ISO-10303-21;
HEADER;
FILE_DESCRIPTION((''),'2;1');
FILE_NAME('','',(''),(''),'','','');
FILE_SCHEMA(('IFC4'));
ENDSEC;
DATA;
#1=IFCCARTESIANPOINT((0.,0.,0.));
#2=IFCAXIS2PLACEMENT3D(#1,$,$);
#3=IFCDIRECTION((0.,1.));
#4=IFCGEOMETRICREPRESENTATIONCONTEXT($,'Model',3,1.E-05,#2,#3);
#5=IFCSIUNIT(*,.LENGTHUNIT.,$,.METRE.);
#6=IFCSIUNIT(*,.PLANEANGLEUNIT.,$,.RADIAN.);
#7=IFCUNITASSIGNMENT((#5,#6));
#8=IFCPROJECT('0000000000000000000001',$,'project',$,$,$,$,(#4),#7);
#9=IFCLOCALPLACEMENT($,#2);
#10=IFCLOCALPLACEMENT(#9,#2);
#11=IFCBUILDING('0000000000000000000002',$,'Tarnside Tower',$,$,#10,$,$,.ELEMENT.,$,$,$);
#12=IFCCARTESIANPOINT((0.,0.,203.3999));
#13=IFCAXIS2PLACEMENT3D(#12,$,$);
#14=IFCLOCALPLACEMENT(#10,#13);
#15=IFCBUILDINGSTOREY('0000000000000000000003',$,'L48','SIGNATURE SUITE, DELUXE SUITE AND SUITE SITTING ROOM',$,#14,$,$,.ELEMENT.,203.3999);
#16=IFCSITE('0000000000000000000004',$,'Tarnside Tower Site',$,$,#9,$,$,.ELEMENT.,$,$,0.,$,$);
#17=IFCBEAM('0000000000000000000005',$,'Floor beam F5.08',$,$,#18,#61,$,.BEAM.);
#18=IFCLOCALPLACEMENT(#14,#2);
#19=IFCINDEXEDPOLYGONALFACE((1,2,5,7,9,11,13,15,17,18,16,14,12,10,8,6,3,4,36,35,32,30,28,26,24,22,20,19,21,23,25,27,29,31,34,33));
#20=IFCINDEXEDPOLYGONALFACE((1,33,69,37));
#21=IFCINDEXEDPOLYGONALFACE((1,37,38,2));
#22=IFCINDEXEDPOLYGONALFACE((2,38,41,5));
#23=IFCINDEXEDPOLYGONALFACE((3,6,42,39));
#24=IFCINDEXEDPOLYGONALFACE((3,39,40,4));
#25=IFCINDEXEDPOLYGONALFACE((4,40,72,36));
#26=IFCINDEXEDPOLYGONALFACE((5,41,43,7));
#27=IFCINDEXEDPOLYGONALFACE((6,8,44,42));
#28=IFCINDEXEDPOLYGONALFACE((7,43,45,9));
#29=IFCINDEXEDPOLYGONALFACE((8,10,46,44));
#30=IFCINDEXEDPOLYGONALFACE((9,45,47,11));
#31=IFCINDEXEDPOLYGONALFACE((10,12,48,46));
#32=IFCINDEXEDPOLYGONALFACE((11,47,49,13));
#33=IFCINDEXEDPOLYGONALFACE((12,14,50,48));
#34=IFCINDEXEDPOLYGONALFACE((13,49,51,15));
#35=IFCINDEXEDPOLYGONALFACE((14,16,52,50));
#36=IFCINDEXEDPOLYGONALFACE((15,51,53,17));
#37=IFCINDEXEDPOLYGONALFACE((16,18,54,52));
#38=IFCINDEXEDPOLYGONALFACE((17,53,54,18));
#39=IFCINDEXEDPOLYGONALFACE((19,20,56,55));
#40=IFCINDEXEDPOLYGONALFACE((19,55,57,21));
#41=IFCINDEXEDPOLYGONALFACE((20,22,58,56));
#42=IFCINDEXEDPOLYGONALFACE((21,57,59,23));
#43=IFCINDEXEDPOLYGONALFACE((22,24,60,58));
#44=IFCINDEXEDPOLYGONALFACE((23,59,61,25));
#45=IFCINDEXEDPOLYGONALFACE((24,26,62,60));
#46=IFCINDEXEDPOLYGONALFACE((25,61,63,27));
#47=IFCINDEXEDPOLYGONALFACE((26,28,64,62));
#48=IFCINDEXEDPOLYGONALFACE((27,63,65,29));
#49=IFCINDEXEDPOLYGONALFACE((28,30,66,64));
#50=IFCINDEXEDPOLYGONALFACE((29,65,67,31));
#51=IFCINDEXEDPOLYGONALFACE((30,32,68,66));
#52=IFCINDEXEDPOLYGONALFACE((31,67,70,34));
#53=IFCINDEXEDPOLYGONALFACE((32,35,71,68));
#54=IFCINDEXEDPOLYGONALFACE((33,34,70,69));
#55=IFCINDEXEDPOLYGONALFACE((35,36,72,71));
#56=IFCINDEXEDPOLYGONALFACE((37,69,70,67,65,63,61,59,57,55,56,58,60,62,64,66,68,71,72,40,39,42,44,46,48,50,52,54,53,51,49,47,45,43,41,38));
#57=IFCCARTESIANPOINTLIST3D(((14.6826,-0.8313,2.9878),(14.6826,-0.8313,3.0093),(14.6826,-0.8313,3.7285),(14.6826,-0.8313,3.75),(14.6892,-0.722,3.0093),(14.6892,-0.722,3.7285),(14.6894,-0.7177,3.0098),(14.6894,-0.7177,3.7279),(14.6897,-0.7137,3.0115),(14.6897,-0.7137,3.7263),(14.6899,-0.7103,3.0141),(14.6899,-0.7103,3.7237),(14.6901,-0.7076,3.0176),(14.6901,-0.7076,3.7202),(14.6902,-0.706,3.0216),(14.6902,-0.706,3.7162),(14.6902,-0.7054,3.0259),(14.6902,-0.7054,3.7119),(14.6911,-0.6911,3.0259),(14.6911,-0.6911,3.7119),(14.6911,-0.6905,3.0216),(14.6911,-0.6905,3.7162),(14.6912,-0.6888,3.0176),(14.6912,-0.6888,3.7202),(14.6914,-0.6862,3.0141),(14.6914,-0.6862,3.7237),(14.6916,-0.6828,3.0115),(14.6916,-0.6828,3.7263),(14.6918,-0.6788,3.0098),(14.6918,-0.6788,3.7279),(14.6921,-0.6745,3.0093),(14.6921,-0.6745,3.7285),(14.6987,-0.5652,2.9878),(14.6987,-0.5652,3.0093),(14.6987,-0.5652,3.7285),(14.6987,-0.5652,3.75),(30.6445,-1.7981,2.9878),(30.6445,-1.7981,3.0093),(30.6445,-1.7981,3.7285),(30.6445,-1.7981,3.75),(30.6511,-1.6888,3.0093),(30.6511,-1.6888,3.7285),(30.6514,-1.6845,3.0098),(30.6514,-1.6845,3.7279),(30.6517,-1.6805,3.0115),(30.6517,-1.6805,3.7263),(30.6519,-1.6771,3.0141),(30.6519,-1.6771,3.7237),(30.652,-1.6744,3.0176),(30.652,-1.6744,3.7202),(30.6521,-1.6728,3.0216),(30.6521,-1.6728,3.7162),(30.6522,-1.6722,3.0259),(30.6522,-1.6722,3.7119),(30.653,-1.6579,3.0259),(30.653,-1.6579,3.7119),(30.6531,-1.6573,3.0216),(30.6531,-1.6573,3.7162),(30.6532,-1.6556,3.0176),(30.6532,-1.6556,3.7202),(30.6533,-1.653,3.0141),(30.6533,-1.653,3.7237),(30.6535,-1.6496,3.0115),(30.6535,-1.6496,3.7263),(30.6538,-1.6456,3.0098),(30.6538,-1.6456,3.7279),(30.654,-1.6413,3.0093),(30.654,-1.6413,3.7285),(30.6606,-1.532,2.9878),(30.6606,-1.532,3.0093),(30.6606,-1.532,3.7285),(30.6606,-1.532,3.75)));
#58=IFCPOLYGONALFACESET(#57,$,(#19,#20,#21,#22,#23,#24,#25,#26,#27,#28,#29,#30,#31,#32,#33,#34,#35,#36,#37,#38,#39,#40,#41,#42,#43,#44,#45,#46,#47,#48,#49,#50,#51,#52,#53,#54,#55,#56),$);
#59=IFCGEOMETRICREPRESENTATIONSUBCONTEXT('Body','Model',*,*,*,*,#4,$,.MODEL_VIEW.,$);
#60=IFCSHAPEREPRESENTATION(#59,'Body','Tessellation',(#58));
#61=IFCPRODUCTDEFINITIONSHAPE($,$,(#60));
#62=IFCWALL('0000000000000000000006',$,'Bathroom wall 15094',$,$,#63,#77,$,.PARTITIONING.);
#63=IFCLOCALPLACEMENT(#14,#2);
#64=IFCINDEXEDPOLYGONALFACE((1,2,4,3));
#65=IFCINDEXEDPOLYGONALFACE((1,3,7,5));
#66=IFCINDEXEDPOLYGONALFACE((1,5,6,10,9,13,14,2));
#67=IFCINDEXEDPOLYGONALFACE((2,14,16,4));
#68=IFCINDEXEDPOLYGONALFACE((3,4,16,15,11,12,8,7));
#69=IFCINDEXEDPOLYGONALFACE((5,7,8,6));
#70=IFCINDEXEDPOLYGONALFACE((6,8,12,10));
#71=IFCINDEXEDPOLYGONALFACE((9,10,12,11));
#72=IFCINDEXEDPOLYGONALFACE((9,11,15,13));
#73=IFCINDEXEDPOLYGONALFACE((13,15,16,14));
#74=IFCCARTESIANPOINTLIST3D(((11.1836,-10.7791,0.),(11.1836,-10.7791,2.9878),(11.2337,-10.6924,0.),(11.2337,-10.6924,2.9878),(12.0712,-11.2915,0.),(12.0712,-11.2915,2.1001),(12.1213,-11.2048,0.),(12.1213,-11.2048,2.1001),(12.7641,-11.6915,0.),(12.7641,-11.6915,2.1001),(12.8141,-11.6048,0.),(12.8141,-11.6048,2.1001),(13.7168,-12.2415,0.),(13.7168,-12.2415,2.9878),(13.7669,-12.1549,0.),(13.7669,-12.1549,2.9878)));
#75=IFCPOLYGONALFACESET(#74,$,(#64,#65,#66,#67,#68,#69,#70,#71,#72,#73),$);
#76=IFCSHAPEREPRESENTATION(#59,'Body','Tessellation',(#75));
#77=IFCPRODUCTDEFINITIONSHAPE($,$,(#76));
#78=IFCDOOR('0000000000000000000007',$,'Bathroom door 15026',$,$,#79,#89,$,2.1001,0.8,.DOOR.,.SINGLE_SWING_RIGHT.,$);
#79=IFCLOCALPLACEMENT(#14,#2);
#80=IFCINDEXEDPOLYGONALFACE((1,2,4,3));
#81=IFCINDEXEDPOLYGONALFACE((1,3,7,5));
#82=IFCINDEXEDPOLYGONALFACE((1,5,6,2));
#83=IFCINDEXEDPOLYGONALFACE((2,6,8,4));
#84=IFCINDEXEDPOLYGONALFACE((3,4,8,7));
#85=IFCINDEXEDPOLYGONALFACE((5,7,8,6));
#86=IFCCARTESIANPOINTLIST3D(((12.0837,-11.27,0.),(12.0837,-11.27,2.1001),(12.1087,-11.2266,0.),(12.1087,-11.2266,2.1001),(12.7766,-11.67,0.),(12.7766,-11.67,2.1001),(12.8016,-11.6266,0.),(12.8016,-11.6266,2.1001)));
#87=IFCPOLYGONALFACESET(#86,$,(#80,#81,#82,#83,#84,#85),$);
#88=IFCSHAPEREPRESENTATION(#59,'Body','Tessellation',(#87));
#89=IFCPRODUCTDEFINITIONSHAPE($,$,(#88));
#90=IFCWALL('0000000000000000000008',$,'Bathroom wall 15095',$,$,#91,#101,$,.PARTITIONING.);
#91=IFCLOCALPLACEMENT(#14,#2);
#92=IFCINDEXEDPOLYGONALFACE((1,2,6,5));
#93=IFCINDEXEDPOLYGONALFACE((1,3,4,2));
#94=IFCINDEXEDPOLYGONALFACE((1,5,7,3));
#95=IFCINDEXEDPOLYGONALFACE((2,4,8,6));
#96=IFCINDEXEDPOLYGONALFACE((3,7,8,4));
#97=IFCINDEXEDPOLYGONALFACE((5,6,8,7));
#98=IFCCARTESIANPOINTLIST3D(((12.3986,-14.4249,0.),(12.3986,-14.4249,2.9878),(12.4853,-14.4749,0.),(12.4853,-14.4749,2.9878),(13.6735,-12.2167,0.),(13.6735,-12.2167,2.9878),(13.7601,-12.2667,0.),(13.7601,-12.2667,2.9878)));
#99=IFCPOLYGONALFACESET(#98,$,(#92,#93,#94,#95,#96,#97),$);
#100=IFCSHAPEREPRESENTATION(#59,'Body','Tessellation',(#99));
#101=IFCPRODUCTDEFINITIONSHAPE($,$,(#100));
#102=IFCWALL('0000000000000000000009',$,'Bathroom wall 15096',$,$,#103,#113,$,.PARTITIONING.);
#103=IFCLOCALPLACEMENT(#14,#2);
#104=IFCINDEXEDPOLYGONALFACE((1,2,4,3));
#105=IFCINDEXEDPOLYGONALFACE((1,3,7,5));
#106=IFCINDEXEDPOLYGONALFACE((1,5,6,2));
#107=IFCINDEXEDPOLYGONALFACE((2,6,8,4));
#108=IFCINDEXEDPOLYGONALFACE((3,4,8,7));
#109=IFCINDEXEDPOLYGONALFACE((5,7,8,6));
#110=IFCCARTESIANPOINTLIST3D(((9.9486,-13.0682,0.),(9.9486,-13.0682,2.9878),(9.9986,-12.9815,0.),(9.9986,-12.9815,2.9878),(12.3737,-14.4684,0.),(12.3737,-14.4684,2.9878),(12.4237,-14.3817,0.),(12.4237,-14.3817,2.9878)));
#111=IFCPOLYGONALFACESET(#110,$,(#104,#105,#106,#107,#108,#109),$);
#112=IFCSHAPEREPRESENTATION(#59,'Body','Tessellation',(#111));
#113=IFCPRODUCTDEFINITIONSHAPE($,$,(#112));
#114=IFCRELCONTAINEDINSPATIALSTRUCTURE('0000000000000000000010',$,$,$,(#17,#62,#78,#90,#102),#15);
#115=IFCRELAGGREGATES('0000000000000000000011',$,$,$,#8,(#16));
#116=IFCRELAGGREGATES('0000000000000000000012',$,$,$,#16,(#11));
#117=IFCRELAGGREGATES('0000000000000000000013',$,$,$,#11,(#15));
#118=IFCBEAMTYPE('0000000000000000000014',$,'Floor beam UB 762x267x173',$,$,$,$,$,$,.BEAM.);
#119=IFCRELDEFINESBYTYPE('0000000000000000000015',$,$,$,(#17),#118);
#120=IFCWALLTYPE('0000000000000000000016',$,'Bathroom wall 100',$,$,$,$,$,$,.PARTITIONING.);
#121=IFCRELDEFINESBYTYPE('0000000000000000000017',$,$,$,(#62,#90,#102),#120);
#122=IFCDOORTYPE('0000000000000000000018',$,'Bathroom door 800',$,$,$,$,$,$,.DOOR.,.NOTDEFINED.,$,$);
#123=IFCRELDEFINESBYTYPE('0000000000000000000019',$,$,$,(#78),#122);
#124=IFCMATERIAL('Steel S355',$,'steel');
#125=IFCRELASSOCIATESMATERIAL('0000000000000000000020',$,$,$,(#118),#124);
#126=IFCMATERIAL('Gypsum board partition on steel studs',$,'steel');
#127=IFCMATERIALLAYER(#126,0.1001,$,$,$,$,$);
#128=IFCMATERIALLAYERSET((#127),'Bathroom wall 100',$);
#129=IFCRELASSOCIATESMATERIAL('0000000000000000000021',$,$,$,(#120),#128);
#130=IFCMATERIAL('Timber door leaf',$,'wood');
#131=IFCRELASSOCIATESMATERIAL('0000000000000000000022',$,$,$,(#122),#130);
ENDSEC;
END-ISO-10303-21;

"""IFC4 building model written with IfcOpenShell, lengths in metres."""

from ifc_helpers import new_model, si_unit, direction, frame, frame_2d, origin, origin_2d, place, context, subcontext, project, spatial, rectangle, i_section, extrude, material, layer, layer_set, material_profile, profile_set, type_object, element, fill, save


model = new_model("IFC4")

# Units and contexts
model_context = context("Model", 3, precision=1e-05, world=origin(), true_north=direction((0.0, 1.0)))
body_context = subcontext(model_context, "Body", "Model", "MODEL_VIEW")
ifc_project = project(units=[si_unit("LENGTHUNIT", "METRE"), si_unit("PLANEANGLEUNIT", "RADIAN")], contexts=[model_context])

# Site, building, storey
site_placement = place(None, origin())
site = spatial("IfcSite", under=ifc_project, at=site_placement, Name="Tarnside Tower Site", CompositionType="ELEMENT", RefElevation=0.0)
building_placement = place(site_placement, origin())
building = spatial("IfcBuilding", under=site, at=building_placement, Name="Tarnside Tower", CompositionType="ELEMENT")
storey_placement = place(building_placement, frame((0.0, 0.0, 203.3999)))
storey = spatial("IfcBuildingStorey", under=building, at=storey_placement, Name="L48", Description="SIGNATURE SUITE, DELUXE SUITE AND SUITE SITTING ROOM", CompositionType="ELEMENT", Elevation=203.3999)

# Beam
ifc_material_1 = material(Name="Steel S355", Category="steel")
ifc_material_profile_1 = material_profile(ifc_material_1, i_section(OverallWidth=0.2666, OverallDepth=0.7622, WebThickness=0.0144, FlangeThickness=0.0215, FilletRadius=0.0166, at=origin_2d()), Name="UB 762x267x173")
ifc_profile_set_1 = profile_set([ifc_material_profile_1], Name="Steel S355")
beam_type_1 = type_object("IfcBeamType", Name="Floor beam UB 762x267x173", PredefinedType="BEAM", material=ifc_profile_set_1)
beam_1_placement = place(storey_placement, frame((30.6526, -1.665, 3.3689), z_axis=(-0.998171, 0.060458, 0.0), x_axis=(-0.060458, -0.998171, 0.0)))
element("IfcBeam", 1, at=beam_1_placement, inside=storey, type_object=beam_type_1, Name="Floor beam F5.08", PredefinedType="BEAM", context=body_context, shape_type="SweptSolid", body=[
    extrude(i_section(OverallWidth=0.2666, OverallDepth=0.7622, WebThickness=0.0144, FlangeThickness=0.0215, FilletRadius=0.0166, at=origin_2d()), origin(), (0.0, 0.0, 1.0), 15.9912),
])

# Wall, opening, door
ifc_material_2 = material(Name="Gypsum board partition on steel studs", Category="steel")
ifc_layer_1 = layer(ifc_material_2, 0.1001)
ifc_layer_set_1 = layer_set([ifc_layer_1], Name="Bathroom wall 100")
wall_type_1 = type_object("IfcWallType", Name="Bathroom wall 100", PredefinedType="PARTITIONING", material=ifc_layer_set_1)
wall_1_placement = place(storey_placement, frame((11.2087, -10.7358, 0.0), z_axis=(0.0, 0.0, 1.0), x_axis=(0.866047, -0.499963, 0.0)))
wall_1 = element("IfcWall", 2, at=wall_1_placement, inside=storey, type_object=wall_type_1, Name="Bathroom wall 15094", PredefinedType="PARTITIONING", context=body_context, shape_type="SweptSolid", body=[
    extrude(rectangle(XDim=2.925, YDim=0.1001, at=frame_2d((1.4624, 0.0))), origin(), (0.0, 0.0, 1.0), 2.9878),
])
opening_1_placement = place(wall_1_placement, frame((1.0249, 0.0, 0.0)))
opening_1 = element("IfcOpeningElement", 3, at=opening_1_placement, cuts=wall_1, PredefinedType="OPENING", context=body_context, shape_type="SweptSolid", body=[
    extrude(rectangle(XDim=0.8, YDim=2.1001, at=frame_2d((0.3999, 1.05))), frame((0.0, 0.0601, 0.0), z_axis=(0.0, -1.0, 0.0), x_axis=(1.0, 0.0, 0.0)), (0.0, 0.0, 1.0), 0.1201),
])
ifc_material_3 = material(Name="Timber door leaf", Category="wood")
door_type_1 = type_object("IfcDoorType", Name="Bathroom door 800", OperationType="NOTDEFINED", PredefinedType="DOOR", material=ifc_material_3)
door_1_placement = place(opening_1_placement, origin())
door_1 = element("IfcDoor", 4, at=door_1_placement, inside=storey, type_object=door_type_1, Name="Bathroom door 15026", OperationType="SINGLE_SWING_RIGHT", OverallHeight=2.1001, OverallWidth=0.8, PredefinedType="DOOR", context=body_context, shape_type="SweptSolid", body=[
    extrude(rectangle(XDim=0.8, YDim=2.1001, at=frame_2d((0.3999, 1.05))), frame((0.0, 0.0249, 0.0), z_axis=(0.0, -1.0, 0.0), x_axis=(1.0, 0.0, 0.0)), (0.0, 0.0, 1.0), 0.05),
])
fill(opening_1, door_1)

# Walls
wall_2_placement = place(storey_placement, frame((13.7168, -12.2417, 0.0), z_axis=(0.0, 0.0, 1.0), x_axis=(-0.49999, -0.866031, 0.0)))
element("IfcWall", 5, at=wall_2_placement, inside=storey, type_object=wall_type_1, Name="Bathroom wall 15095", PredefinedType="PARTITIONING", context=body_context, shape_type="SweptSolid", body=[
    extrude(rectangle(XDim=2.5498, YDim=0.1001, at=frame_2d((1.2749, 0.0))), origin(), (0.0, 0.0, 1.0), 2.9878),
])
wall_3_placement = place(storey_placement, frame((12.3987, -14.425, 0.0), z_axis=(0.0, 0.0, 1.0), x_axis=(-0.866019, 0.500012, 0.0)))
element("IfcWall", 6, at=wall_3_placement, inside=storey, type_object=wall_type_1, Name="Bathroom wall 15096", PredefinedType="PARTITIONING", context=body_context, shape_type="SweptSolid", body=[
    extrude(rectangle(XDim=2.8003, YDim=0.1001, at=frame_2d((1.4001, 0.0))), origin(), (0.0, 0.0, 1.0), 2.9878),
])

save(model, "model.ifc")
